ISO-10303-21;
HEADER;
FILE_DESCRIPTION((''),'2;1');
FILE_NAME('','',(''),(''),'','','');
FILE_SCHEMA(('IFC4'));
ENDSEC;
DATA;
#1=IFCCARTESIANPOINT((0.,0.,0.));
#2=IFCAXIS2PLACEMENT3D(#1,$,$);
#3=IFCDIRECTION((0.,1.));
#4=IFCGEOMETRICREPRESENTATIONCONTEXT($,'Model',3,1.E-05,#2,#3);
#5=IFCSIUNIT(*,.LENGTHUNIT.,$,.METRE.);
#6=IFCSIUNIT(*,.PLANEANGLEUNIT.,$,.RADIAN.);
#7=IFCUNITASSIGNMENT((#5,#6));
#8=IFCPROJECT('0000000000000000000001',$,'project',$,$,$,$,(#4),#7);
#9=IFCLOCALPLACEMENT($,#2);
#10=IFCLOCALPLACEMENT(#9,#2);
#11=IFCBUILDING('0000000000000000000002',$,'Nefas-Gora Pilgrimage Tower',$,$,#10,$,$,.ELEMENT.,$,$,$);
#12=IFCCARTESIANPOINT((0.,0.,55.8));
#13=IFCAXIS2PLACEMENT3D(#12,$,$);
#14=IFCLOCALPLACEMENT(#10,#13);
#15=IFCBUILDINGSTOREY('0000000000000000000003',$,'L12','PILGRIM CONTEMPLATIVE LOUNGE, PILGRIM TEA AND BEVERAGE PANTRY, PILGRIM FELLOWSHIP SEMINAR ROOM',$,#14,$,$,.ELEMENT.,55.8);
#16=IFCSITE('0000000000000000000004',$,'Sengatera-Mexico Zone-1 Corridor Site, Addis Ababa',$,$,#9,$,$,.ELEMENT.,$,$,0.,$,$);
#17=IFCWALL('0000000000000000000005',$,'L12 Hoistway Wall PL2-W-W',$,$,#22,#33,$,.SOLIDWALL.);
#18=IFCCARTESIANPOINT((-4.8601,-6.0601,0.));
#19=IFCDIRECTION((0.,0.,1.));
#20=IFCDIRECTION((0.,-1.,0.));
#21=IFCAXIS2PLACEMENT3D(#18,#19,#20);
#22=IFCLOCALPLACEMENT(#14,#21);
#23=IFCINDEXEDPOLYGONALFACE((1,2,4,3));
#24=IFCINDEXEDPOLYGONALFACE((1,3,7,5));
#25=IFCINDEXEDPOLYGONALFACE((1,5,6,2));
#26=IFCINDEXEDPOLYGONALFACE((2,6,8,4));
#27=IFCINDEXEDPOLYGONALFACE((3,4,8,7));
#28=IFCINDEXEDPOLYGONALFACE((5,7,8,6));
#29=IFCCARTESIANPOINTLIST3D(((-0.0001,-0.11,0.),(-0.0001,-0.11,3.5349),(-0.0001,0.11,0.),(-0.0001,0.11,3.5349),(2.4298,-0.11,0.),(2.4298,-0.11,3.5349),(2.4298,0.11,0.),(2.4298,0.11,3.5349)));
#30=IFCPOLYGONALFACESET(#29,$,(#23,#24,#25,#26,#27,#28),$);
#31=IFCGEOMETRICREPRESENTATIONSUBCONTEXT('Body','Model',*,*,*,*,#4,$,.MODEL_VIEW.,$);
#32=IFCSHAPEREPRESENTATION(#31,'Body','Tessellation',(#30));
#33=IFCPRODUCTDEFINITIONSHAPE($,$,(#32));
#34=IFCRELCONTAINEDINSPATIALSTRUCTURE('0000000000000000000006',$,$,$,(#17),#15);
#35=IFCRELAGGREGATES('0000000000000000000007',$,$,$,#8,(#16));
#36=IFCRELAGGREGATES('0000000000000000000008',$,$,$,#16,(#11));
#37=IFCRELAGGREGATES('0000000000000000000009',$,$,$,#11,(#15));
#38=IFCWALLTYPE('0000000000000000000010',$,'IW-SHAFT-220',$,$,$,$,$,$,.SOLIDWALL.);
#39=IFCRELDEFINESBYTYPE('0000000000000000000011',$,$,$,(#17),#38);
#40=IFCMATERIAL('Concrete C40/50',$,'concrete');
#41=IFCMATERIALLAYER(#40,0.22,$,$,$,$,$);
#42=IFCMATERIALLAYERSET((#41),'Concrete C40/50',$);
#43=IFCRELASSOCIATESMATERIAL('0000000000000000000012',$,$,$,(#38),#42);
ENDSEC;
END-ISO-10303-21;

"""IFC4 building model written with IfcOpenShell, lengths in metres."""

from ifc_helpers import new_model, si_unit, direction, frame, frame_2d, origin, place, context, subcontext, project, spatial, rectangle, extrude, source, transform, mapped, material, layer, layer_set, type_object, element, save


model = new_model("IFC4")

# Units and contexts
model_context = context("Model", 3, precision=1e-05, world=origin(), true_north=direction((0.0, 1.0)))
body_context = subcontext(model_context, "Body", "Model", "MODEL_VIEW")
ifc_project = project(units=[si_unit("LENGTHUNIT", "METRE"), si_unit("PLANEANGLEUNIT", "RADIAN")], contexts=[model_context])

# Site, building, storey
site_placement = place(None, origin())
site = spatial("IfcSite", under=ifc_project, at=site_placement, Name="Sengatera-Mexico Zone-1 Corridor Site, Addis Ababa", CompositionType="ELEMENT", RefElevation=0.0)
building_placement = place(site_placement, origin())
building = spatial("IfcBuilding", under=site, at=building_placement, Name="Nefas-Gora Pilgrimage Tower", CompositionType="ELEMENT")
storey_placement = place(building_placement, frame((0.0, 0.0, 55.8)))
storey = spatial("IfcBuildingStorey", under=building, at=storey_placement, Name="L12", Description="PILGRIM CONTEMPLATIVE LOUNGE, PILGRIM TEA AND BEVERAGE PANTRY, PILGRIM FELLOWSHIP SEMINAR ROOM", CompositionType="ELEMENT", Elevation=55.8)

# Wall
ifc_material_1 = material(Name="Concrete C40/50", Category="concrete")
ifc_layer_1 = layer(ifc_material_1, 0.22)
ifc_layer_set_1 = layer_set([ifc_layer_1], Name="Concrete C40/50")
wall_type_1 = type_object("IfcWallType", Name="IW-SHAFT-220", PredefinedType="SOLIDWALL", material=ifc_layer_set_1)
shared_shape_1 = source(origin(), body_context, "Body", "SweptSolid", [
    extrude(rectangle(XDim=2.4299, YDim=0.22, at=frame_2d((1.2148, 0.0))), origin(), (0.0, 0.0, 1.0), 3.5349),
])
wall_1_placement = place(storey_placement, frame((-4.8601, -6.0601, 0.0), z_axis=(0.0, 0.0, 1.0), x_axis=(0.0, -1.0, 0.0)))
element("IfcWall", 1, at=wall_1_placement, inside=storey, type_object=wall_type_1, Name="L12 Hoistway Wall PL2-W-W", PredefinedType="SOLIDWALL", context=body_context, shape_type="MappedRepresentation", body=[
    mapped(shared_shape_1, transform((0.0, 0.0, 0.0), x_axis=(1.0, 0.0, 0.0), y_axis=(0.0, 1.0, 0.0), z_axis=(0.0, 0.0, 1.0), scale=1.0)),
])

save(model, "model.ifc")
